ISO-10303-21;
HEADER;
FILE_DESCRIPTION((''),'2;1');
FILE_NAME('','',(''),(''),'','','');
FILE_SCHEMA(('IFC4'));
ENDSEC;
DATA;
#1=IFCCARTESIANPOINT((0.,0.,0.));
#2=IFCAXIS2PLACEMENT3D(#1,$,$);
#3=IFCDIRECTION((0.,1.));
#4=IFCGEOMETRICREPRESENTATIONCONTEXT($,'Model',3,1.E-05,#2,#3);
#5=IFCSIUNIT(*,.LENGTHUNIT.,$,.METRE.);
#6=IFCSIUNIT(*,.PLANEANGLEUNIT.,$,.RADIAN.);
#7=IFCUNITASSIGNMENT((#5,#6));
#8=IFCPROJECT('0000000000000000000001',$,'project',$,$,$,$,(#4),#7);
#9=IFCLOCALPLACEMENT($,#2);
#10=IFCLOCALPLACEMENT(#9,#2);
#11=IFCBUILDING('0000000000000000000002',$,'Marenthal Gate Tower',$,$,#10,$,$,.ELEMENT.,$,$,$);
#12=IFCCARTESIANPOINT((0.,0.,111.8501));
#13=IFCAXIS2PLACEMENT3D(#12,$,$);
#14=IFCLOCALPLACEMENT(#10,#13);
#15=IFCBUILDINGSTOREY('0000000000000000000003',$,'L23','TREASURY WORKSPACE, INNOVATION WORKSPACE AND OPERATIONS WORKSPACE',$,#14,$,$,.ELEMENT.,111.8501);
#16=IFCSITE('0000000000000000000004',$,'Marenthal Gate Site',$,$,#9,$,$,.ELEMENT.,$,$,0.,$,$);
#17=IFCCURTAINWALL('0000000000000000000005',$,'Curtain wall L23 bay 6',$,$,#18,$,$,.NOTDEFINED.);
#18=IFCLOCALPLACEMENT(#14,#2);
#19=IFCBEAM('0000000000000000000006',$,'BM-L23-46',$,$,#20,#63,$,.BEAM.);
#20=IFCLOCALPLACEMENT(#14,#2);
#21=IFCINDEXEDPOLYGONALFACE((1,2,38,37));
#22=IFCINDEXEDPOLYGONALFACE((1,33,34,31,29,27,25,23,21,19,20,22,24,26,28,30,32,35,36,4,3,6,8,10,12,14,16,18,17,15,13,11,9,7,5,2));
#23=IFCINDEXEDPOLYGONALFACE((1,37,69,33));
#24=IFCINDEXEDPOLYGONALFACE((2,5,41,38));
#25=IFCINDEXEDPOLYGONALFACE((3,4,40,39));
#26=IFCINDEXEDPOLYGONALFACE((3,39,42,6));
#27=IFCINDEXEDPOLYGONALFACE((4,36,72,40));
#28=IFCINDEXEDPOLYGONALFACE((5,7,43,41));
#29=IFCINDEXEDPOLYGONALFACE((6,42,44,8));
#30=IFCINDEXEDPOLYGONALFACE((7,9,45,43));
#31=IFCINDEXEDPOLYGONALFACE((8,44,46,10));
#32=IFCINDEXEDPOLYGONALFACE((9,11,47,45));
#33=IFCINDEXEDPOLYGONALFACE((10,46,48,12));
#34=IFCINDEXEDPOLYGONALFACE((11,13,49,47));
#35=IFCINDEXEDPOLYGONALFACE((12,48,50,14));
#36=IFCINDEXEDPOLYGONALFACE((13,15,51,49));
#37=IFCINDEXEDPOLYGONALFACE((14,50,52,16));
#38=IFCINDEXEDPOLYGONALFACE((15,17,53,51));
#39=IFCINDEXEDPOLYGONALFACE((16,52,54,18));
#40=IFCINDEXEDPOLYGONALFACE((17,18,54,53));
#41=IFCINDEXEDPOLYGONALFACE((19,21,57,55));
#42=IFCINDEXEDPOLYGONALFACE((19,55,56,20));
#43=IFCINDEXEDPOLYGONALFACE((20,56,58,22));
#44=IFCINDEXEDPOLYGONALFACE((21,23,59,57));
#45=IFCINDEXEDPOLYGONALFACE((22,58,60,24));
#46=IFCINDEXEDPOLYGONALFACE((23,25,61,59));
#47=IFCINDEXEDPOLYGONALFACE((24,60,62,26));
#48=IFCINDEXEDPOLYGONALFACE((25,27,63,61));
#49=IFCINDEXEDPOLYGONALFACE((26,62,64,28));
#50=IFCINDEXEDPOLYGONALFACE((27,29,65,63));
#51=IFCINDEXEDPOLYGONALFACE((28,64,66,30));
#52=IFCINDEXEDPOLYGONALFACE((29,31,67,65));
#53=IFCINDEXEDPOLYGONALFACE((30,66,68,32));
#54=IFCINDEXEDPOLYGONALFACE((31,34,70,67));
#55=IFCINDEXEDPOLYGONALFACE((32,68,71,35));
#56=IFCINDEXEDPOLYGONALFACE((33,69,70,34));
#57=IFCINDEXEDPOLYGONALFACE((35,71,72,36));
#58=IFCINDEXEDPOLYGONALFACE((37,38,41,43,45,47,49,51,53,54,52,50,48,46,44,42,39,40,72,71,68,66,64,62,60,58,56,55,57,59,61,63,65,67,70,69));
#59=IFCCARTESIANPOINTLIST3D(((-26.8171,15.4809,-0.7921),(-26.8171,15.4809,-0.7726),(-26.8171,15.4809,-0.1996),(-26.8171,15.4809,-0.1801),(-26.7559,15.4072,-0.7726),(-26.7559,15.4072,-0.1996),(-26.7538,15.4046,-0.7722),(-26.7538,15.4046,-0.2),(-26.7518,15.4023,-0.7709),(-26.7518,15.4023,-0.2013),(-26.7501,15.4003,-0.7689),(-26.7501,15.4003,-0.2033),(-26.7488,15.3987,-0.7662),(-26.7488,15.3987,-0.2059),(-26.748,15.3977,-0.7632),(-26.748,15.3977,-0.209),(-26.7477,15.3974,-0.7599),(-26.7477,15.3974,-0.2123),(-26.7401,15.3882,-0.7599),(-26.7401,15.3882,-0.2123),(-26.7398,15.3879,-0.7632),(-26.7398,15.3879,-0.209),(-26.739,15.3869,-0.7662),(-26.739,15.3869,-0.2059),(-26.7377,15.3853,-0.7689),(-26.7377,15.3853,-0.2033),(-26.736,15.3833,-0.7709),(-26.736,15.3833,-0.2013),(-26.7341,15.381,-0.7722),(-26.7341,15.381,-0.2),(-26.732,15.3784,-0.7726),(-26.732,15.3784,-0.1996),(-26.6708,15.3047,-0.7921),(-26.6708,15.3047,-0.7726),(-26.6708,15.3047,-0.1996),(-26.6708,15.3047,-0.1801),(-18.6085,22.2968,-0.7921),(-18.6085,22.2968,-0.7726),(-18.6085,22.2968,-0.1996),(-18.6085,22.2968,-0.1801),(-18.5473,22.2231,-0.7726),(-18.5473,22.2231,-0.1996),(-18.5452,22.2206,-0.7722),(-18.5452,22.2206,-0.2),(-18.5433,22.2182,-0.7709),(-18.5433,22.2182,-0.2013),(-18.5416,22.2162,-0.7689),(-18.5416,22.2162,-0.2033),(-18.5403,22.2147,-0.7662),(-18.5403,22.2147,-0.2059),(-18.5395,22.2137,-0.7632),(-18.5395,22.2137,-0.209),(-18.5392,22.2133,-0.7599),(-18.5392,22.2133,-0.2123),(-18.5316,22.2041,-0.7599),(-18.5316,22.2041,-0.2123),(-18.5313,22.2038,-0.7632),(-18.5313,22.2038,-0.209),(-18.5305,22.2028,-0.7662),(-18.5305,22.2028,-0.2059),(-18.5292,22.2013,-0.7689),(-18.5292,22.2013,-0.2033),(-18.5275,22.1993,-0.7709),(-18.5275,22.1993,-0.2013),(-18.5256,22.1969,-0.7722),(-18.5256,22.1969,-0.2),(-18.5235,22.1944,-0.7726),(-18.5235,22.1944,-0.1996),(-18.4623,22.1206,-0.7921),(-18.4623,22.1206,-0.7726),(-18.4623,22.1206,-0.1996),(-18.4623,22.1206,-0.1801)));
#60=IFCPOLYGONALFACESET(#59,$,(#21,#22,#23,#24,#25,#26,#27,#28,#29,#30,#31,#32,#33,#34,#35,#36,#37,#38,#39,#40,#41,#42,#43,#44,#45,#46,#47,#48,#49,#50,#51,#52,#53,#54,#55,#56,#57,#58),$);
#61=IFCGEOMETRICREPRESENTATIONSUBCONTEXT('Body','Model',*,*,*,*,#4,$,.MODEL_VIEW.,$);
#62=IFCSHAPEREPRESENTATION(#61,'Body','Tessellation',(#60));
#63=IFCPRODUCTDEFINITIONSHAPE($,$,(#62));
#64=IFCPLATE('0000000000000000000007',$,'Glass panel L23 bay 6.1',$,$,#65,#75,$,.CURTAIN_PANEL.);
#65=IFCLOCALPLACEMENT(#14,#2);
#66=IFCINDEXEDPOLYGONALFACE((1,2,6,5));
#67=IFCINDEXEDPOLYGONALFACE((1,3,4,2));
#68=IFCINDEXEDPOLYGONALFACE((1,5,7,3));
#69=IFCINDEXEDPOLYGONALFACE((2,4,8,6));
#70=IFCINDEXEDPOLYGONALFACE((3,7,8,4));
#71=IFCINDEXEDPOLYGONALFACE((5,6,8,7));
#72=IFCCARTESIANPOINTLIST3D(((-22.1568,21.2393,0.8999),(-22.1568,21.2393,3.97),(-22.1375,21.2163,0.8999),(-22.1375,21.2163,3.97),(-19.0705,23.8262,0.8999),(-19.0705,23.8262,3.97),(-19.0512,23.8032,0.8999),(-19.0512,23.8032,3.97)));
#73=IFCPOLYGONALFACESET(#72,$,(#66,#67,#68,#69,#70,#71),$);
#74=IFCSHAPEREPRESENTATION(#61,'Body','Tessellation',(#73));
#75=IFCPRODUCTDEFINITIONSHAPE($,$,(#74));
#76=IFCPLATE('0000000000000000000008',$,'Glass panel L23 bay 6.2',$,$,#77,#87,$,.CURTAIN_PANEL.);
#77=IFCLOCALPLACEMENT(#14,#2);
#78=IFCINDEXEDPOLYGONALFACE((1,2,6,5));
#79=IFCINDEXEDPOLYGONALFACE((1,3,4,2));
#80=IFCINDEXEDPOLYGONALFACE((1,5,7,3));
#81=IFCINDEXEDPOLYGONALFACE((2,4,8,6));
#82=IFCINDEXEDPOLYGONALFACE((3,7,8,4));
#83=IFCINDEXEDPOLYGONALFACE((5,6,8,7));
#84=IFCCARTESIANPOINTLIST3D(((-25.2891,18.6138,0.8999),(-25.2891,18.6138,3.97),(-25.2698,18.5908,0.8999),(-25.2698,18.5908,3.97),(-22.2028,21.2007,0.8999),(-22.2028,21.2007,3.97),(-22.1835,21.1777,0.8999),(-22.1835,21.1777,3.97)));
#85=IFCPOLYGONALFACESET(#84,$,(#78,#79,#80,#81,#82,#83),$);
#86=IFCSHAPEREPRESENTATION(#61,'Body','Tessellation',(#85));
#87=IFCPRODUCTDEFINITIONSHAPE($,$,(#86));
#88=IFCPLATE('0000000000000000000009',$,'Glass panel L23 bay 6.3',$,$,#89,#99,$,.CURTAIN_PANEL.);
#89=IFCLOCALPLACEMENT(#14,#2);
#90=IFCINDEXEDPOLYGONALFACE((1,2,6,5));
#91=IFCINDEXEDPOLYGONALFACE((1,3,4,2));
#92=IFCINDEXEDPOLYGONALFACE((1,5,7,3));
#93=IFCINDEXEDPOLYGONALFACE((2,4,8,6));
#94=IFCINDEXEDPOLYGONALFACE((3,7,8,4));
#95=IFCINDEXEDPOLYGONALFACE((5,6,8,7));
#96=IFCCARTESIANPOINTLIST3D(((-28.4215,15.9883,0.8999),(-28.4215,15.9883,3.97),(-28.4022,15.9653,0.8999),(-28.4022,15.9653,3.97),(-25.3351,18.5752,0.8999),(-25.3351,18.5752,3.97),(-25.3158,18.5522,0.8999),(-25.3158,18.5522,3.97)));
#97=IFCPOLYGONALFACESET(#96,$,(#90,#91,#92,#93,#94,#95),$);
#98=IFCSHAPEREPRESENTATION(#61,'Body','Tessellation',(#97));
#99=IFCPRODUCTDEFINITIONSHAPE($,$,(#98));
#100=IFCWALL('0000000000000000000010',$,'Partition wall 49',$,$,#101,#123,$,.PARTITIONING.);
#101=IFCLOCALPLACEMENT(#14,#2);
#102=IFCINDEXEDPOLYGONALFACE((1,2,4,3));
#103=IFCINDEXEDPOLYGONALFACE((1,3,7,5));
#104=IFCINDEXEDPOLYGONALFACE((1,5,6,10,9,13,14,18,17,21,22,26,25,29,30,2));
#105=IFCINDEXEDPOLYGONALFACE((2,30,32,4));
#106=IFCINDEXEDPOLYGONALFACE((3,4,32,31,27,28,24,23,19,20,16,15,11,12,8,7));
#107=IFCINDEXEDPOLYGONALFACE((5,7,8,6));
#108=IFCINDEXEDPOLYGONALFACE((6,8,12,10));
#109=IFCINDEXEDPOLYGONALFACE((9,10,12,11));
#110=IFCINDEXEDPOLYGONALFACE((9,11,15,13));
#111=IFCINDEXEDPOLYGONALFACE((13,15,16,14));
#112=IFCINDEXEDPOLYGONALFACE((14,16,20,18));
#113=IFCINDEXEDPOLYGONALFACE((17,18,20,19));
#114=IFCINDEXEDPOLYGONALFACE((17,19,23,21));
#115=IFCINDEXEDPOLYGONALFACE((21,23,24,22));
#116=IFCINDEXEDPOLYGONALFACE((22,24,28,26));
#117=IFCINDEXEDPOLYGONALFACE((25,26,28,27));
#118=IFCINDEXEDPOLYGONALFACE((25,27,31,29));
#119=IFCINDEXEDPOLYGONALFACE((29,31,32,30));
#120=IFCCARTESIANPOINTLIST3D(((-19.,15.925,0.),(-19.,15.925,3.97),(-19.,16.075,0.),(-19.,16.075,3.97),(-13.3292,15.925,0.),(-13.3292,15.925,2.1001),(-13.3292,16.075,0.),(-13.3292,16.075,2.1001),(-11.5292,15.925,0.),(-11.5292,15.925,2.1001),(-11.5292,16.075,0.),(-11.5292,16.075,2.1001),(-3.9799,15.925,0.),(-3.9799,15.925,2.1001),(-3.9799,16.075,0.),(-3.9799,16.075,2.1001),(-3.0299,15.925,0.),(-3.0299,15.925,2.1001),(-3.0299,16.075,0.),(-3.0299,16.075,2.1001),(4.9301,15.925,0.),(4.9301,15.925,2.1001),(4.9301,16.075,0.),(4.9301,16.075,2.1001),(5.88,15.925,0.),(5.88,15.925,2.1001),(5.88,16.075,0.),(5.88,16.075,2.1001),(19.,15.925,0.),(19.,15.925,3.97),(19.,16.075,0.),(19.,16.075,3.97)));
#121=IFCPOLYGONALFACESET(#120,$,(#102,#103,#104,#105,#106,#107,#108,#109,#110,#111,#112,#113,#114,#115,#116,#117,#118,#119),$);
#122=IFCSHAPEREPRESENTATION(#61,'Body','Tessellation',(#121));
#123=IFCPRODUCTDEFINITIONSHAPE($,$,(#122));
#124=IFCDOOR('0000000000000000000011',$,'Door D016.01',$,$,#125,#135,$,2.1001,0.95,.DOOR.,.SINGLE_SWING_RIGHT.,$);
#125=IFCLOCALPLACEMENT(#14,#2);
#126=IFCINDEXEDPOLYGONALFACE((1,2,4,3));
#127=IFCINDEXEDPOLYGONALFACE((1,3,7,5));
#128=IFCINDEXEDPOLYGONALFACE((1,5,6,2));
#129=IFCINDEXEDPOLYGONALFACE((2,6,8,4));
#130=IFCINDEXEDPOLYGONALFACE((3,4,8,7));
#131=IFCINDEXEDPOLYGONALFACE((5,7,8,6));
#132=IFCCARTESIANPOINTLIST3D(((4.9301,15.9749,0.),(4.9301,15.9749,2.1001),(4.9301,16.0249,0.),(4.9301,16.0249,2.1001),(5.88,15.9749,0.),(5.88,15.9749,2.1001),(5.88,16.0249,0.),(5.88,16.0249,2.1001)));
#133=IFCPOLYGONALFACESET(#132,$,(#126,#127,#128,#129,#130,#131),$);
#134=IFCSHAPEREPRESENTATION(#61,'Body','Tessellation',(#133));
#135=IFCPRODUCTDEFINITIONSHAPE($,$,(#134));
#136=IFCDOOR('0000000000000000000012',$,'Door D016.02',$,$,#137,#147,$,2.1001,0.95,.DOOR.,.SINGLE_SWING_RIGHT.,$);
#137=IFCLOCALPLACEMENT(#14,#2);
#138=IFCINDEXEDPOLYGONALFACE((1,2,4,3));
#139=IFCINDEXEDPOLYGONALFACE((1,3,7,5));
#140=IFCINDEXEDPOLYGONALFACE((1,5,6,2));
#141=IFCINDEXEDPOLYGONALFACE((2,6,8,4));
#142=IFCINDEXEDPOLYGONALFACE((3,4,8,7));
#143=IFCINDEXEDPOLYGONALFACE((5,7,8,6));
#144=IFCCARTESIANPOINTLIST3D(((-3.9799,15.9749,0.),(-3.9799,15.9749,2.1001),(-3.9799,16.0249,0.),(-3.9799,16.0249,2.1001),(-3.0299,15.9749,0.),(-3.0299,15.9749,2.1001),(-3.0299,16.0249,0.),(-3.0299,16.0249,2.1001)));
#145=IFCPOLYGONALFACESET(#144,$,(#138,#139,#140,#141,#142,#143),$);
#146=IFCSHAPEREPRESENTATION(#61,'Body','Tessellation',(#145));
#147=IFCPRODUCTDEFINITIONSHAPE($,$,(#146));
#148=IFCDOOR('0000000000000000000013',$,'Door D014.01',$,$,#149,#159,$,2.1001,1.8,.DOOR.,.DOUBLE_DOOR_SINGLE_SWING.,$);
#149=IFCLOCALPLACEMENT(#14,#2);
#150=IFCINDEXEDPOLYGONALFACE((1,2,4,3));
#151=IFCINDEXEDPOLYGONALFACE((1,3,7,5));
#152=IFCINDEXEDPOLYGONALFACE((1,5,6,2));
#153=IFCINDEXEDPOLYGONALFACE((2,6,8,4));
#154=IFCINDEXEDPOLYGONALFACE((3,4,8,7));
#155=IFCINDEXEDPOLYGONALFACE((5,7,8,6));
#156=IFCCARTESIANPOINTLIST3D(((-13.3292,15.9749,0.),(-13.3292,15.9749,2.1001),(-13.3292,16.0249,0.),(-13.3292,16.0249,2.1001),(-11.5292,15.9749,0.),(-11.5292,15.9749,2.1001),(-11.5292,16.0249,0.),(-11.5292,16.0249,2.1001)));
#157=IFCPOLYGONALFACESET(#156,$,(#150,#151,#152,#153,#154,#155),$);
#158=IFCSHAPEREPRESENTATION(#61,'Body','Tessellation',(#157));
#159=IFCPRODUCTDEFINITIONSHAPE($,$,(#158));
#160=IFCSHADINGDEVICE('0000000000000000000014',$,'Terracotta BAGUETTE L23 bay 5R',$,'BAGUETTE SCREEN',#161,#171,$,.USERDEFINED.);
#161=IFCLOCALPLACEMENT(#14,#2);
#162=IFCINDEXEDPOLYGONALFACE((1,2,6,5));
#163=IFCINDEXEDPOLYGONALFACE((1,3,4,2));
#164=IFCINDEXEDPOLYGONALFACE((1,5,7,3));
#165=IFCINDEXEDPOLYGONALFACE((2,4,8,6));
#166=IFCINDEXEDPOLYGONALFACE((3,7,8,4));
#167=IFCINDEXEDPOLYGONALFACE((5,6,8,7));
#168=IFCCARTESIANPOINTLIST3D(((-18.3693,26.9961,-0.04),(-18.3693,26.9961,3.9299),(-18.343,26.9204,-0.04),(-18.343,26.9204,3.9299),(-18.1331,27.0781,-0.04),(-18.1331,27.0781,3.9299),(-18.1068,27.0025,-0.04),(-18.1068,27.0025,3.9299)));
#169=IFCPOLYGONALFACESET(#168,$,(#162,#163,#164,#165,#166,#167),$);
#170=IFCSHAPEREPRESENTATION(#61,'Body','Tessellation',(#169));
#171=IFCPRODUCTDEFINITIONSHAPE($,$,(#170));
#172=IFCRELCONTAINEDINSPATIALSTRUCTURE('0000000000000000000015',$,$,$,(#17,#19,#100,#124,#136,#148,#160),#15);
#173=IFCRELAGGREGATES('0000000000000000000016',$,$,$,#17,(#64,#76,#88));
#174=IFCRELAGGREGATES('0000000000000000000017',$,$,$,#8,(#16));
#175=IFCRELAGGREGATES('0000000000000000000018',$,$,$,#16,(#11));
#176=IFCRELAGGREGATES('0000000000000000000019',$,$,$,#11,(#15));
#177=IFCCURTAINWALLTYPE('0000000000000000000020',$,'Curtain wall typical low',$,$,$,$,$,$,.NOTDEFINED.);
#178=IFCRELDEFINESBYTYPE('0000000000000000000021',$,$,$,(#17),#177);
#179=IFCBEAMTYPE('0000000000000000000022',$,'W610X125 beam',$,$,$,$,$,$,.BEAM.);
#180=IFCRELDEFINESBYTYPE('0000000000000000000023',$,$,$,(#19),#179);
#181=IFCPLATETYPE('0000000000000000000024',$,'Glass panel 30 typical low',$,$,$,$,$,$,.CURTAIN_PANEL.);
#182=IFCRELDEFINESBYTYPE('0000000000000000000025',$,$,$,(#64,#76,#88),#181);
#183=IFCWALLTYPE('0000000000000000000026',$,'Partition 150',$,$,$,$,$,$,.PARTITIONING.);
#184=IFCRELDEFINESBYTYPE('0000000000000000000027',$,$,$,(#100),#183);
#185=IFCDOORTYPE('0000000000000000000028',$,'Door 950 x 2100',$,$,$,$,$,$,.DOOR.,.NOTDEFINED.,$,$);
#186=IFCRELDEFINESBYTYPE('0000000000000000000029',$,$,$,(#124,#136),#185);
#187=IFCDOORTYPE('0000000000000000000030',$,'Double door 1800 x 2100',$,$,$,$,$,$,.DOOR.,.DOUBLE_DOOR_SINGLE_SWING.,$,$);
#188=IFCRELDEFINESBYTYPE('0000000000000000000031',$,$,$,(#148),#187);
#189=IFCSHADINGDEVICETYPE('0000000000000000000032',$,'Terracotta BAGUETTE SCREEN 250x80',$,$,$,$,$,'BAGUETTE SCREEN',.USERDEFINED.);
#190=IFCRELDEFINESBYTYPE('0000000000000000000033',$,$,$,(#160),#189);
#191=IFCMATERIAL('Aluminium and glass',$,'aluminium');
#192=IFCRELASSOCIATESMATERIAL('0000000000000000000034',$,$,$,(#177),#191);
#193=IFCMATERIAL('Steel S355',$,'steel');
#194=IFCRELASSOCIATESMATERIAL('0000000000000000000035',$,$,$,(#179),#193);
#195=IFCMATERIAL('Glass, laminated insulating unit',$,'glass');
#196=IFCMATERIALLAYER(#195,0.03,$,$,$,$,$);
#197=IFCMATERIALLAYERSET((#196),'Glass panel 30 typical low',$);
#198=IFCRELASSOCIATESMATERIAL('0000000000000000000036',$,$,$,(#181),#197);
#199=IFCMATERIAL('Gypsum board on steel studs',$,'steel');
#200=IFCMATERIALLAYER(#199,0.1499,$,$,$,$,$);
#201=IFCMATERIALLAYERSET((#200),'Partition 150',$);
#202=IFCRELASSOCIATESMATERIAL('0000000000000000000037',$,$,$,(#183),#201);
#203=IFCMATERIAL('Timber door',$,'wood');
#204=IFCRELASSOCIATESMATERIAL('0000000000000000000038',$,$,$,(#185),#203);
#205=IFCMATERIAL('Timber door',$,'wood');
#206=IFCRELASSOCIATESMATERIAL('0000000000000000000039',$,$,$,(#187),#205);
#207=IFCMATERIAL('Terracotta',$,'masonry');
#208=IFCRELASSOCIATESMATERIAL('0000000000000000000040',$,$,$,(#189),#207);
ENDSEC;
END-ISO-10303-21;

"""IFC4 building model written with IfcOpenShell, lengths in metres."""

from ifc_helpers import new_model, si_unit, direction, frame, frame_2d, origin, origin_2d, place, context, subcontext, project, spatial, rectangle, i_section, extrude, material, layer, layer_set, material_profile, profile_set, type_object, element, fill, aggregate, save


model = new_model("IFC4")

# Units and contexts
model_context = context("Model", 3, precision=1e-05, world=origin(), true_north=direction((0.0, 1.0)))
body_context = subcontext(model_context, "Body", "Model", "MODEL_VIEW")
ifc_project = project(units=[si_unit("LENGTHUNIT", "METRE"), si_unit("PLANEANGLEUNIT", "RADIAN")], contexts=[model_context])

# Site, building, storey
site_placement = place(None, origin())
site = spatial("IfcSite", under=ifc_project, at=site_placement, Name="Marenthal Gate Site", CompositionType="ELEMENT", RefElevation=0.0)
building_placement = place(site_placement, origin())
building = spatial("IfcBuilding", under=site, at=building_placement, Name="Marenthal Gate Tower", CompositionType="ELEMENT")
storey_placement = place(building_placement, frame((0.0, 0.0, 111.8501)))
storey = spatial("IfcBuildingStorey", under=building, at=storey_placement, Name="L23", Description="TREASURY WORKSPACE, INNOVATION WORKSPACE AND OPERATIONS WORKSPACE", CompositionType="ELEMENT", Elevation=111.8501)

# Curtain wall
ifc_material_1 = material(Name="Aluminium and glass", Category="aluminium")
curtain_wall_type = type_object("IfcCurtainWallType", Name="Curtain wall typical low", PredefinedType="NOTDEFINED", material=ifc_material_1)
curtain_wall_placement = place(storey_placement, origin())
curtain_wall = element("IfcCurtainWall", 1, at=curtain_wall_placement, inside=storey, type_object=curtain_wall_type, Name="Curtain wall L23 bay 6", PredefinedType="NOTDEFINED")

# Beam
ifc_material_2 = material(Name="Steel S355", Category="steel")
ifc_material_profile_1 = material_profile(ifc_material_2, i_section(OverallWidth=0.229, OverallDepth=0.6121, WebThickness=0.012, FlangeThickness=0.0195, FilletRadius=0.0127, at=origin_2d()), Name="W610X125")
ifc_profile_set_1 = profile_set([ifc_material_profile_1], Name="Steel S355")
beam_type_1 = type_object("IfcBeamType", Name="W610X125 beam", PredefinedType="BEAM", material=ifc_profile_set_1)
beam_1_placement = place(storey_placement, frame((-18.5354, 22.2087, -0.4861), z_axis=(-0.769349, -0.638828, 0.0), x_axis=(0.638828, -0.769349, 0.0)))
element("IfcBeam", 2, at=beam_1_placement, inside=storey, type_object=beam_type_1, Name="BM-L23-46", PredefinedType="BEAM", context=body_context, shape_type="SweptSolid", body=[
    extrude(i_section(OverallWidth=0.229, OverallDepth=0.6121, WebThickness=0.012, FlangeThickness=0.0195, FilletRadius=0.0127, at=origin_2d()), origin(), (0.0, 0.0, 1.0), 10.6694),
])

# Plates
ifc_material_3 = material(Name="Glass, laminated insulating unit", Category="glass")
ifc_layer_1 = layer(ifc_material_3, 0.03)
ifc_layer_set_1 = layer_set([ifc_layer_1], Name="Glass panel 30 typical low")
plate_type = type_object("IfcPlateType", Name="Glass panel 30 typical low", PredefinedType="CURTAIN_PANEL", material=ifc_layer_set_1)
plate_1_placement = place(storey_placement, frame((-20.604, 22.5212, 0.8999), z_axis=(0.0, 0.0, 1.0), x_axis=(-0.766389, -0.642377, 0.0)))
plate_1 = element("IfcPlate", 3, at=plate_1_placement, type_object=plate_type, Name="Glass panel L23 bay 6.1", PredefinedType="CURTAIN_PANEL", context=body_context, shape_type="SweptSolid", body=[
    extrude(rectangle(XDim=4.0271, YDim=0.03, at=origin_2d()), origin(), (0.0, 0.0, 1.0), 3.0701),
])
plate_2_placement = place(storey_placement, frame((-23.7363, 19.8958, 0.8999), z_axis=(0.0, 0.0, 1.0), x_axis=(-0.766389, -0.642377, 0.0)))
plate_2 = element("IfcPlate", 4, at=plate_2_placement, type_object=plate_type, Name="Glass panel L23 bay 6.2", PredefinedType="CURTAIN_PANEL", context=body_context, shape_type="SweptSolid", body=[
    extrude(rectangle(XDim=4.0271, YDim=0.03, at=origin_2d()), origin(), (0.0, 0.0, 1.0), 3.0701),
])
plate_3_placement = place(storey_placement, frame((-26.8687, 17.2703, 0.8999), z_axis=(0.0, 0.0, 1.0), x_axis=(-0.766389, -0.642377, 0.0)))
plate_3 = element("IfcPlate", 5, at=plate_3_placement, type_object=plate_type, Name="Glass panel L23 bay 6.3", PredefinedType="CURTAIN_PANEL", context=body_context, shape_type="SweptSolid", body=[
    extrude(rectangle(XDim=4.0271, YDim=0.03, at=origin_2d()), origin(), (0.0, 0.0, 1.0), 3.0701),
])
aggregate(curtain_wall, [plate_1, plate_2, plate_3])

# Wall, openings, doors
ifc_material_4 = material(Name="Gypsum board on steel studs", Category="steel")
ifc_layer_2 = layer(ifc_material_4, 0.1499)
ifc_layer_set_2 = layer_set([ifc_layer_2], Name="Partition 150")
wall_type_1 = type_object("IfcWallType", Name="Partition 150", PredefinedType="PARTITIONING", material=ifc_layer_set_2)
wall_1_placement = place(storey_placement, frame((-19.0, 16.0, 0.0), z_axis=(0.0, 0.0, 1.0), x_axis=(1.0, 0.0, 0.0)))
wall_1 = element("IfcWall", 6, at=wall_1_placement, inside=storey, type_object=wall_type_1, Name="Partition wall 49", PredefinedType="PARTITIONING", context=body_context, shape_type="SweptSolid", body=[
    extrude(rectangle(XDim=38.0, YDim=0.1499, at=frame_2d((19.0, 0.0))), origin(), (0.0, 0.0, 1.0), 3.97),
])
opening_1_placement = place(wall_1_placement, frame((23.9299, 0.0, 0.0)))
opening_1 = element("IfcOpeningElement", 7, at=opening_1_placement, cuts=wall_1, PredefinedType="OPENING", context=body_context, shape_type="SweptSolid", body=[
    extrude(rectangle(XDim=0.95, YDim=2.1001, at=frame_2d((0.4751, 1.05))), frame((0.0, 0.085, 0.0), z_axis=(0.0, -1.0, 0.0), x_axis=(1.0, 0.0, 0.0)), (0.0, 0.0, 1.0), 0.1699),
])
opening_2_placement = place(wall_1_placement, frame((15.02, 0.0, 0.0)))
opening_2 = element("IfcOpeningElement", 8, at=opening_2_placement, cuts=wall_1, PredefinedType="OPENING", context=body_context, shape_type="SweptSolid", body=[
    extrude(rectangle(XDim=0.95, YDim=2.1001, at=frame_2d((0.4751, 1.05))), frame((0.0, 0.085, 0.0), z_axis=(0.0, -1.0, 0.0), x_axis=(1.0, 0.0, 0.0)), (0.0, 0.0, 1.0), 0.1699),
])
opening_3_placement = place(wall_1_placement, frame((5.6709, 0.0, 0.0)))
opening_3 = element("IfcOpeningElement", 9, at=opening_3_placement, cuts=wall_1, PredefinedType="OPENING", context=body_context, shape_type="SweptSolid", body=[
    extrude(rectangle(XDim=1.8, YDim=2.1001, at=frame_2d((0.8999, 1.05))), frame((0.0, 0.085, 0.0), z_axis=(0.0, -1.0, 0.0), x_axis=(1.0, 0.0, 0.0)), (0.0, 0.0, 1.0), 0.1699),
])
ifc_material_5 = material(Name="Timber door", Category="wood")
door_type_1 = type_object("IfcDoorType", Name="Door 950 x 2100", OperationType="NOTDEFINED", PredefinedType="DOOR", material=ifc_material_5)
door_1_placement = place(opening_1_placement, origin())
door_1 = element("IfcDoor", 10, at=door_1_placement, inside=storey, type_object=door_type_1, Name="Door D016.01", OperationType="SINGLE_SWING_RIGHT", OverallHeight=2.1001, OverallWidth=0.95, PredefinedType="DOOR", context=body_context, shape_type="SweptSolid", body=[
    extrude(rectangle(XDim=0.95, YDim=2.1001, at=frame_2d((0.4751, 1.05))), frame((0.0, 0.0249, 0.0), z_axis=(0.0, -1.0, 0.0), x_axis=(1.0, 0.0, 0.0)), (0.0, 0.0, 1.0), 0.05),
])
fill(opening_1, door_1)
door_2_placement = place(opening_2_placement, origin())
door_2 = element("IfcDoor", 11, at=door_2_placement, inside=storey, type_object=door_type_1, Name="Door D016.02", OperationType="SINGLE_SWING_RIGHT", OverallHeight=2.1001, OverallWidth=0.95, PredefinedType="DOOR", context=body_context, shape_type="SweptSolid", body=[
    extrude(rectangle(XDim=0.95, YDim=2.1001, at=frame_2d((0.4751, 1.05))), frame((0.0, 0.0249, 0.0), z_axis=(0.0, -1.0, 0.0), x_axis=(1.0, 0.0, 0.0)), (0.0, 0.0, 1.0), 0.05),
])
fill(opening_2, door_2)
ifc_material_6 = material(Name="Timber door", Category="wood")
door_type_2 = type_object("IfcDoorType", Name="Double door 1800 x 2100", OperationType="DOUBLE_DOOR_SINGLE_SWING", PredefinedType="DOOR", material=ifc_material_6)
door_3_placement = place(opening_3_placement, origin())
door_3 = element("IfcDoor", 12, at=door_3_placement, inside=storey, type_object=door_type_2, Name="Door D014.01", OperationType="DOUBLE_DOOR_SINGLE_SWING", OverallHeight=2.1001, OverallWidth=1.8, PredefinedType="DOOR", context=body_context, shape_type="SweptSolid", body=[
    extrude(rectangle(XDim=1.8, YDim=2.1001, at=frame_2d((0.8999, 1.05))), frame((0.0, 0.0249, 0.0), z_axis=(0.0, -1.0, 0.0), x_axis=(1.0, 0.0, 0.0)), (0.0, 0.0, 1.0), 0.05),
])
fill(opening_3, door_3)

# Shading device
ifc_material_7 = material(Name="Terracotta", Category="masonry")
ifc_material_profile_2 = material_profile(ifc_material_7, rectangle(XDim=0.25, YDim=0.0801, at=origin_2d()), Name="Terracotta baguette 250x80")
ifc_profile_set_2 = profile_set([ifc_material_profile_2], Name="Terracotta")
shading_device_type = type_object("IfcShadingDeviceType", Name="Terracotta BAGUETTE SCREEN 250x80", ElementType="BAGUETTE SCREEN", PredefinedType="USERDEFINED", material=ifc_profile_set_2)
shading_device_placement = place(storey_placement, frame((-18.238, 26.9993, -0.04), z_axis=(0.0, 0.0, 1.0), x_axis=(-0.944597, -0.328231, 0.0)))
element("IfcShadingDevice", 13, at=shading_device_placement, inside=storey, type_object=shading_device_type, Name="Terracotta BAGUETTE L23 bay 5R", ObjectType="BAGUETTE SCREEN", PredefinedType="USERDEFINED", context=body_context, shape_type="SweptSolid", body=[
    extrude(rectangle(XDim=0.25, YDim=0.0801, at=origin_2d()), origin(), (0.0, 0.0, 1.0), 3.97),
])

save(model, "model.ifc")
